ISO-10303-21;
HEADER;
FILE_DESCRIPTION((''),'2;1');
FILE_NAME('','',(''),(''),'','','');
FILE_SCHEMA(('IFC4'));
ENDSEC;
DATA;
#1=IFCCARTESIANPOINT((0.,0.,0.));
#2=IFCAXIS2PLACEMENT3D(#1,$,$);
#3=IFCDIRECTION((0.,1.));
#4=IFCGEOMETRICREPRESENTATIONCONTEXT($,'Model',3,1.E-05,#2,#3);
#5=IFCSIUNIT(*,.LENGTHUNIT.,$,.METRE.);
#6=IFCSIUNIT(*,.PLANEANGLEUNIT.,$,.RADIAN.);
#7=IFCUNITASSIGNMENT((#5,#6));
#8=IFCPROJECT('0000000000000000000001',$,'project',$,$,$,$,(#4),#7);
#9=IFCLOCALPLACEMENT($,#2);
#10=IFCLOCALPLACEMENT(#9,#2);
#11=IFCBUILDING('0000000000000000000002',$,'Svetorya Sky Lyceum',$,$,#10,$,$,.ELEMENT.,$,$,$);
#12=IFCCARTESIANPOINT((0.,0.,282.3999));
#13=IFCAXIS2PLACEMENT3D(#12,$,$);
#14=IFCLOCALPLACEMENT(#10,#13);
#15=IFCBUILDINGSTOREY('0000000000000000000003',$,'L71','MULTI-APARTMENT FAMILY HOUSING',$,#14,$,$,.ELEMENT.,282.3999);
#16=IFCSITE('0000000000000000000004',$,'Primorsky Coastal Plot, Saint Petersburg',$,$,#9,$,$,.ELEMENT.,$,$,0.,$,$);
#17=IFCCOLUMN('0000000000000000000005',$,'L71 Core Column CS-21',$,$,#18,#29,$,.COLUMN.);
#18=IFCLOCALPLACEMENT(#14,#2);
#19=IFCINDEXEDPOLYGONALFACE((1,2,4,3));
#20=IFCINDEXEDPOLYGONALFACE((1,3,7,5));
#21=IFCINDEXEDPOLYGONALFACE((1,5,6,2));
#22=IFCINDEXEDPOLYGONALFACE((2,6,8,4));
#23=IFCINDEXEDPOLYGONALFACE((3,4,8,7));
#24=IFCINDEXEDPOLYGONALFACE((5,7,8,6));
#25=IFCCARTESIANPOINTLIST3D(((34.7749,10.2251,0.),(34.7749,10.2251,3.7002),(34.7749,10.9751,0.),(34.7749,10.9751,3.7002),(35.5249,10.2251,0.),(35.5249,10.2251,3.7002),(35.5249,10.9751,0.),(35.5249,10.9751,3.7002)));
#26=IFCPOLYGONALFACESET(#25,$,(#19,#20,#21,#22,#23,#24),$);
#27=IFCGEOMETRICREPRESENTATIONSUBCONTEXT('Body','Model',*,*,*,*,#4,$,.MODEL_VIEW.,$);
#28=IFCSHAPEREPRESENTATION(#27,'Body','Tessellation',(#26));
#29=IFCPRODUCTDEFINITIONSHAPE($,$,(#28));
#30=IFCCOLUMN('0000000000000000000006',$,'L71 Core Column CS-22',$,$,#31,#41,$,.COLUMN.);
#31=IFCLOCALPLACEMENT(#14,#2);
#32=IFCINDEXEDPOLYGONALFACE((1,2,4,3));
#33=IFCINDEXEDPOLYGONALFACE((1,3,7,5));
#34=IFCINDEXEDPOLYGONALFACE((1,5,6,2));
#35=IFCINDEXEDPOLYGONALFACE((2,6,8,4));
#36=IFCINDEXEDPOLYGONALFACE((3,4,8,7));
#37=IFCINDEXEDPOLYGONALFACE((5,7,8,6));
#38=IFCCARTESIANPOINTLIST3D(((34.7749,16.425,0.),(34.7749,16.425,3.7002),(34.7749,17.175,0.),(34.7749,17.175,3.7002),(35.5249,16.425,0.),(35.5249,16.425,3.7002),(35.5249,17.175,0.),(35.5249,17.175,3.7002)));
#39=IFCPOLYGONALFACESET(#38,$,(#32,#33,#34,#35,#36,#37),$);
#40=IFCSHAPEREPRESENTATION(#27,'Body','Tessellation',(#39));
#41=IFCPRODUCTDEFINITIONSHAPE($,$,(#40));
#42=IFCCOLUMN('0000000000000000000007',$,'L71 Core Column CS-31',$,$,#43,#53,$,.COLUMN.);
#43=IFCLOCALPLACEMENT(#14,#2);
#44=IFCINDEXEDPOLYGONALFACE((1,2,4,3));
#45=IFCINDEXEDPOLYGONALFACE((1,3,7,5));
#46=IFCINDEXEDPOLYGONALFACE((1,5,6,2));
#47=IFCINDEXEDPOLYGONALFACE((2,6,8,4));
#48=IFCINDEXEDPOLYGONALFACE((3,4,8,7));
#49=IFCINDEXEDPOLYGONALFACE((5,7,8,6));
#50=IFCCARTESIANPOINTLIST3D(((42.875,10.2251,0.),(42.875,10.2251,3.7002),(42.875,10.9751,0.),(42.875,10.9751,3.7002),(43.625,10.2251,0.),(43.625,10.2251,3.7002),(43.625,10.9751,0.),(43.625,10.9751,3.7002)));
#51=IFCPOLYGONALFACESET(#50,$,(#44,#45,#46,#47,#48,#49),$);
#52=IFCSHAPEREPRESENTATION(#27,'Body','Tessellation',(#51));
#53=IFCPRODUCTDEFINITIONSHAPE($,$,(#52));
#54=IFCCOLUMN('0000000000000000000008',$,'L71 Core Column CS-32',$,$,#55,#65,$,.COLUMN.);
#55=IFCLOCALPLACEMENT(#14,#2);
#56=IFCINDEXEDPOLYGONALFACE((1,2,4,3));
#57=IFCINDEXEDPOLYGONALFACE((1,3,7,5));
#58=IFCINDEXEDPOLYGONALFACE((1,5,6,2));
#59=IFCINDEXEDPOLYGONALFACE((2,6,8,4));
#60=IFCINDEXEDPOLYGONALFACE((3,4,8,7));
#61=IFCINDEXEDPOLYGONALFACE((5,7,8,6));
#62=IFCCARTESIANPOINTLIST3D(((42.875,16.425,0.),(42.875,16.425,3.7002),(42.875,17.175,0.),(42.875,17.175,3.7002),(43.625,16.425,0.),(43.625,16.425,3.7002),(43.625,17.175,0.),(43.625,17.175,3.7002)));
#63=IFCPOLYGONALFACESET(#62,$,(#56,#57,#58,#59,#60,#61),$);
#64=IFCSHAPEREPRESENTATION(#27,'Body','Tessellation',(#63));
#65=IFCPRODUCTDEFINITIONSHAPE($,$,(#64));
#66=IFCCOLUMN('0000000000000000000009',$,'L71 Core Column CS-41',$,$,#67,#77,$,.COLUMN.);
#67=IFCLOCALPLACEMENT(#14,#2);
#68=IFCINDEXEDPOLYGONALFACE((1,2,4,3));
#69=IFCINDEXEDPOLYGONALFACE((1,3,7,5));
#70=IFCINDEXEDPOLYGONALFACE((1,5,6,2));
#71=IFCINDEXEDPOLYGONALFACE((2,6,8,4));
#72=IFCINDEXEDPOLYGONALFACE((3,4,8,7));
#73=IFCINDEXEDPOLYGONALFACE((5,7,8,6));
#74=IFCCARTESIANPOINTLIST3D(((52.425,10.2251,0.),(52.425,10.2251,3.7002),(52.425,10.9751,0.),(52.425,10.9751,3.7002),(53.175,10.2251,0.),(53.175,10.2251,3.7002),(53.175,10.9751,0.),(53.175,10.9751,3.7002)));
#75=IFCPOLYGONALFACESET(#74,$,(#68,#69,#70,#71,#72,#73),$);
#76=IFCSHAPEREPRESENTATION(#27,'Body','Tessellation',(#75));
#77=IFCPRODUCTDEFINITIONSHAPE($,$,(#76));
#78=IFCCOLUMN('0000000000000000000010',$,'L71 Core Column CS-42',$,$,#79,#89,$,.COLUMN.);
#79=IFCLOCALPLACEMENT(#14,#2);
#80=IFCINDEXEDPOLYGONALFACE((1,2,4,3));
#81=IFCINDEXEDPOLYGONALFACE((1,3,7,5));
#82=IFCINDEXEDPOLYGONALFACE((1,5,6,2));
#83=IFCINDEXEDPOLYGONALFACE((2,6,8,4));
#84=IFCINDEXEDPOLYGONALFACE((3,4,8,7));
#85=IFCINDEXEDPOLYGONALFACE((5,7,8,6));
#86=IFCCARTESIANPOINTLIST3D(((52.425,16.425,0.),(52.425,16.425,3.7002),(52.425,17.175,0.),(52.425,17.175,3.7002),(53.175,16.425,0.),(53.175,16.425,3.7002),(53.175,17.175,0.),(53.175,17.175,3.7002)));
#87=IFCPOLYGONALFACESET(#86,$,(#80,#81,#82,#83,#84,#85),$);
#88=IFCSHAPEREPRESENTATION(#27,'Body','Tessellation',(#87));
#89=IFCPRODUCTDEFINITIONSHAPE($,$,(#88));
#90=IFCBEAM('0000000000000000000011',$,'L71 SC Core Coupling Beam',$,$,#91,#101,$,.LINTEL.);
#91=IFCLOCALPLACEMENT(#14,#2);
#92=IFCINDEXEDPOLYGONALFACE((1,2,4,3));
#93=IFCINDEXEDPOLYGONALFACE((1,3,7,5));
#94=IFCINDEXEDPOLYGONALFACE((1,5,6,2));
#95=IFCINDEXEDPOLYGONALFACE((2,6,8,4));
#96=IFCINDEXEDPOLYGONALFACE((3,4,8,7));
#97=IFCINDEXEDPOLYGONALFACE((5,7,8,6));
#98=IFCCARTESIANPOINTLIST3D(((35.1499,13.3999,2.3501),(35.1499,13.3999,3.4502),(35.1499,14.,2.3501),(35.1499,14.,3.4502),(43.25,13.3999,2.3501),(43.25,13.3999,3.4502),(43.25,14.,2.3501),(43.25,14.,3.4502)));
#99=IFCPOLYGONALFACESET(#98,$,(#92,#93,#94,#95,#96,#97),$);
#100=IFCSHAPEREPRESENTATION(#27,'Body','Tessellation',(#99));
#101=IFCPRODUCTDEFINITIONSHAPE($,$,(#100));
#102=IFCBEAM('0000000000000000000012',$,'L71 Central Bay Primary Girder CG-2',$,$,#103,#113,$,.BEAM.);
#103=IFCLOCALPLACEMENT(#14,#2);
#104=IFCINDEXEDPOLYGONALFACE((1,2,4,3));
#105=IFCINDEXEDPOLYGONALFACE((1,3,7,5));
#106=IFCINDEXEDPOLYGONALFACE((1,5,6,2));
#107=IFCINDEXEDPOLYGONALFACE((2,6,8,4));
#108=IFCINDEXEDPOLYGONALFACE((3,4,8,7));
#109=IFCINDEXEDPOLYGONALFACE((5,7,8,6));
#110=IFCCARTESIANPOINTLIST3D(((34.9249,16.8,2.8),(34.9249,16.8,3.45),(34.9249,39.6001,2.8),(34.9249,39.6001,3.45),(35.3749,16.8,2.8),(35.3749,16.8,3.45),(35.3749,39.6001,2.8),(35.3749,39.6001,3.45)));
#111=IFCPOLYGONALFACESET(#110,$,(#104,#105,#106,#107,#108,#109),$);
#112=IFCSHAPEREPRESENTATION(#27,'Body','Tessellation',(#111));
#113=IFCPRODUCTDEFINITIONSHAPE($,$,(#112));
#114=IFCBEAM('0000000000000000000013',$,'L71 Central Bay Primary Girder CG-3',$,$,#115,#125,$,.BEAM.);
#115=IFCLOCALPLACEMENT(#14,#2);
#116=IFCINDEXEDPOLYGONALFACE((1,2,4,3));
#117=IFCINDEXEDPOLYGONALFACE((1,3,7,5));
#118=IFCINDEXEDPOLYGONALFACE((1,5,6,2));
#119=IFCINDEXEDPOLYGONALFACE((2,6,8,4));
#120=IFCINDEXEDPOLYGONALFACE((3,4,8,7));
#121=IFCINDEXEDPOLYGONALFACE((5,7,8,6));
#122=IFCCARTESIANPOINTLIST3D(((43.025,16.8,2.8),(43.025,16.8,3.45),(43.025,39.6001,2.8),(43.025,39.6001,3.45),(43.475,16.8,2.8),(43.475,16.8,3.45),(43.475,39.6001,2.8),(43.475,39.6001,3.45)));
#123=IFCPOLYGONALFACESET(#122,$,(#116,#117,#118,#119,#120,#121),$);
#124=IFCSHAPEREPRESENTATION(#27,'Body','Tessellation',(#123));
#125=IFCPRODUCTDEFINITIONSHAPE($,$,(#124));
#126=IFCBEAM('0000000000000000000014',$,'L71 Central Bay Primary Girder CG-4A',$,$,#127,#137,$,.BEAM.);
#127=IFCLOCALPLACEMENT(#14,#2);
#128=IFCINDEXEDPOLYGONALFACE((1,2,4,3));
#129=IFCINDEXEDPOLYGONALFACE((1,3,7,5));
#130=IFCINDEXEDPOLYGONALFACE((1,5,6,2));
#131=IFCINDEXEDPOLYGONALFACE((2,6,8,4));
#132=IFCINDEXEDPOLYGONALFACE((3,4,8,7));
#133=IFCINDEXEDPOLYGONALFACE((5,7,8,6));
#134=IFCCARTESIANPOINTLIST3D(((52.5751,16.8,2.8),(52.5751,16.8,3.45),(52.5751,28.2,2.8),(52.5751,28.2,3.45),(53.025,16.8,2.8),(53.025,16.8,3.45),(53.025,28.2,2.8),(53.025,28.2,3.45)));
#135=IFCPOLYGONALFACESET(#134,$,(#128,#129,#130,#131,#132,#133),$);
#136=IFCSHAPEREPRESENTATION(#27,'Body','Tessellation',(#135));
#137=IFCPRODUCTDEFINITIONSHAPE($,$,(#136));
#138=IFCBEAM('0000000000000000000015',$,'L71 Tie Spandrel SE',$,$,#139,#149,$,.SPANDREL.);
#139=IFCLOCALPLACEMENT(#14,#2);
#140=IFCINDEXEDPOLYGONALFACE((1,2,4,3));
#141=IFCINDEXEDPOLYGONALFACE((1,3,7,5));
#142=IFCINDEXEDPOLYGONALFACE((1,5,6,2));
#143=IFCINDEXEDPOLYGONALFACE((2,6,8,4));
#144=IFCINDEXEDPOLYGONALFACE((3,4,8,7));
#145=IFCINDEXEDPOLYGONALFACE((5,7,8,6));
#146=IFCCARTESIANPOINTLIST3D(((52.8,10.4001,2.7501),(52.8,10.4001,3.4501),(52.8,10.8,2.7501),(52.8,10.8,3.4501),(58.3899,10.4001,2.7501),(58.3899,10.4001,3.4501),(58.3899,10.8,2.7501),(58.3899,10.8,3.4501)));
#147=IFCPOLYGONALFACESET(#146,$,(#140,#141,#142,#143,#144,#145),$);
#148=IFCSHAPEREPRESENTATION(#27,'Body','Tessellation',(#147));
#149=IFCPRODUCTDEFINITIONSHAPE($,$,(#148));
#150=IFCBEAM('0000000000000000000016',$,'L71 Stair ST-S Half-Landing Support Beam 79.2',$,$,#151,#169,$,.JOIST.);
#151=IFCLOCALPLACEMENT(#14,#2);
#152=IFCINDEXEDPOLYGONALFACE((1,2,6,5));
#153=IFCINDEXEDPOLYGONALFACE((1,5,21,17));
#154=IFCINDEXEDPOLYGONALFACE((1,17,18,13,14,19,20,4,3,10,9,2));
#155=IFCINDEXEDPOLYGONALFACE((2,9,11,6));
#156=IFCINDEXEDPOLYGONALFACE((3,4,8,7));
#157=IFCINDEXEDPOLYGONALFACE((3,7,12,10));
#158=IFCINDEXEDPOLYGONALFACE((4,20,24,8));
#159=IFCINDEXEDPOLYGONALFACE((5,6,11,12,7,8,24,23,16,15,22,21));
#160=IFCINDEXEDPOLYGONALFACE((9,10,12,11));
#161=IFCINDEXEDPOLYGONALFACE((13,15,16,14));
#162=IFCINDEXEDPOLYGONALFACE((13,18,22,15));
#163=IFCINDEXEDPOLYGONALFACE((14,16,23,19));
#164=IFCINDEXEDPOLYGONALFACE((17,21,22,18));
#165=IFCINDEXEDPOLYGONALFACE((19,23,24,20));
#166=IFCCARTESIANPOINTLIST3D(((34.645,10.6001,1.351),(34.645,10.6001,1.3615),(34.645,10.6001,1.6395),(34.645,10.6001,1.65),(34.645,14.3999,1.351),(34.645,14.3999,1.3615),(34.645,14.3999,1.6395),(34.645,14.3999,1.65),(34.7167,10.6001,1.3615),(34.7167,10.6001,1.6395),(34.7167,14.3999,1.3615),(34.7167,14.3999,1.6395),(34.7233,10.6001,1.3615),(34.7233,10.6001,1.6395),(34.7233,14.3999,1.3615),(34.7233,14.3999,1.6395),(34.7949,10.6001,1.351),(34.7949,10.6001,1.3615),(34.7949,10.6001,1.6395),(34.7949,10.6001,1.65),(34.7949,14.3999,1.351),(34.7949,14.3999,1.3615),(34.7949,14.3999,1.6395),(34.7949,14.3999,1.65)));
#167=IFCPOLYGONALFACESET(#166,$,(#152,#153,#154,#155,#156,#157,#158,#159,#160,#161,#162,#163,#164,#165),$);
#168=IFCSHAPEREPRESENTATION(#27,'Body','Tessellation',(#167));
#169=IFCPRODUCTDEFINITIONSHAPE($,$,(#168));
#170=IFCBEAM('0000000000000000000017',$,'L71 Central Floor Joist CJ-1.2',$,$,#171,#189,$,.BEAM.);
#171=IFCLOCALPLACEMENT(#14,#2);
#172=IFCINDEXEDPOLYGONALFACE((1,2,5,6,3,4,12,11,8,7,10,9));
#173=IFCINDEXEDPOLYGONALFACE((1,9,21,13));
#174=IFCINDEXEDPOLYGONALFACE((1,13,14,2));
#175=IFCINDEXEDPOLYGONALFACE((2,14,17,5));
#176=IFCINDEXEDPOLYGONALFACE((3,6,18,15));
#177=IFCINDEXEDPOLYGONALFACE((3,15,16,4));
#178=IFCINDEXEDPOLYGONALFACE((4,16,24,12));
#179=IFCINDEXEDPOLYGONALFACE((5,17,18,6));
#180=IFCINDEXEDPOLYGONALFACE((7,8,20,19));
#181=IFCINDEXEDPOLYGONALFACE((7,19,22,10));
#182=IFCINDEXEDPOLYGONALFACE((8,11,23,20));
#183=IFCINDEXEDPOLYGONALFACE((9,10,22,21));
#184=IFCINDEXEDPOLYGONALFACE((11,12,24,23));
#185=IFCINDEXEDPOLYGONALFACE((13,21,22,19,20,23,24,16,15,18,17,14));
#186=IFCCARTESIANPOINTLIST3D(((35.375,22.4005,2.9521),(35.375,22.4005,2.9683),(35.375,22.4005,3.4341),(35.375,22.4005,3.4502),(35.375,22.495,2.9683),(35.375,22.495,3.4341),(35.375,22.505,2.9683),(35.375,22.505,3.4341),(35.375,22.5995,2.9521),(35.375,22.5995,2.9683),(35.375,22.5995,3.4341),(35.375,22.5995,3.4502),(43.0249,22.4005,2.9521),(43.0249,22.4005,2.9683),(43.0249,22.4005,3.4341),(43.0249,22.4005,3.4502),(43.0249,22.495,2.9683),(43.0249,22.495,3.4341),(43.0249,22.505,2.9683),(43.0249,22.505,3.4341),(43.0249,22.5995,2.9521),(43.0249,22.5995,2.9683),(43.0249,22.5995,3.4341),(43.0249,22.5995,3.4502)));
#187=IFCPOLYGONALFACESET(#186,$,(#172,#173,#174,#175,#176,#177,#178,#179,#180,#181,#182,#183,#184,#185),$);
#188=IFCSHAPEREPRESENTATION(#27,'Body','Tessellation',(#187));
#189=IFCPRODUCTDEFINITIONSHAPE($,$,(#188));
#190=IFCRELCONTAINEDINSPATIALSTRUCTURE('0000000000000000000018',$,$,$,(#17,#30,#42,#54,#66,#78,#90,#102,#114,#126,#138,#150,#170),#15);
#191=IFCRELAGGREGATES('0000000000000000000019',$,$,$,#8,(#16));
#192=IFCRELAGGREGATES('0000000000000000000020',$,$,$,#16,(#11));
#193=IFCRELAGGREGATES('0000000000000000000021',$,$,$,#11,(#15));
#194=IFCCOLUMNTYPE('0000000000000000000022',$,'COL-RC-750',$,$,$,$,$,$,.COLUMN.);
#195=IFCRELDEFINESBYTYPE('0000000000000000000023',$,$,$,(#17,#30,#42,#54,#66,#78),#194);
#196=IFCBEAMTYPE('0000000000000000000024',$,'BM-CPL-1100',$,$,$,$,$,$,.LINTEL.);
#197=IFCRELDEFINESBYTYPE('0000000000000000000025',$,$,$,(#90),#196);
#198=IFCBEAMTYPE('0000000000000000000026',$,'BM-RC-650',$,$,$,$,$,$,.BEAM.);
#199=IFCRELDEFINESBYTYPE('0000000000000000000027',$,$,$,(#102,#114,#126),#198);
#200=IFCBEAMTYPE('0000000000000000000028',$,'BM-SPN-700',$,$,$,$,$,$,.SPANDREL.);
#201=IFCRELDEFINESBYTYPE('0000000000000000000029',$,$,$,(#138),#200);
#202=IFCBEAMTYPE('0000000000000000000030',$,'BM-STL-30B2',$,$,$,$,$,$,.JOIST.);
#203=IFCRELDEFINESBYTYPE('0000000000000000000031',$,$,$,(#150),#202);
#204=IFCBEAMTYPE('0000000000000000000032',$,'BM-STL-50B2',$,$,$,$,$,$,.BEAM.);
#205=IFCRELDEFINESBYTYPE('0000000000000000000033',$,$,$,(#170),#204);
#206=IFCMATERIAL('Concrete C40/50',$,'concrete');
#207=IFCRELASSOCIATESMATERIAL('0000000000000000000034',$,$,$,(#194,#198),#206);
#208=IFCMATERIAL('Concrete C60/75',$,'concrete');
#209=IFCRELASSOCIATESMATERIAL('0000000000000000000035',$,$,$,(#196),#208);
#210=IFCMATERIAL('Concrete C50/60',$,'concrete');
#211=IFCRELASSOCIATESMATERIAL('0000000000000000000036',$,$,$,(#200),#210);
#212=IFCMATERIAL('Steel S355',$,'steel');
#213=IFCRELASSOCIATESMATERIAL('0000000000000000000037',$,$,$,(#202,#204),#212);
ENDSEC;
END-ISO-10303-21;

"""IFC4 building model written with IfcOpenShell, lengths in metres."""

from ifc_helpers import new_model, si_unit, direction, frame, origin, origin_2d, place, context, subcontext, project, spatial, rectangle, i_section, extrude, material, material_profile, profile_set, type_object, element, save


model = new_model("IFC4")

# Units and contexts
model_context = context("Model", 3, precision=1e-05, world=origin(), true_north=direction((0.0, 1.0)))
body_context = subcontext(model_context, "Body", "Model", "MODEL_VIEW")
ifc_project = project(units=[si_unit("LENGTHUNIT", "METRE"), si_unit("PLANEANGLEUNIT", "RADIAN")], contexts=[model_context])

# Site, building, storey
site_placement = place(None, origin())
site = spatial("IfcSite", under=ifc_project, at=site_placement, Name="Primorsky Coastal Plot, Saint Petersburg", CompositionType="ELEMENT", RefElevation=0.0)
building_placement = place(site_placement, origin())
building = spatial("IfcBuilding", under=site, at=building_placement, Name="Svetorya Sky Lyceum", CompositionType="ELEMENT")
storey_placement = place(building_placement, frame((0.0, 0.0, 282.3999)))
storey = spatial("IfcBuildingStorey", under=building, at=storey_placement, Name="L71", Description="MULTI-APARTMENT FAMILY HOUSING", CompositionType="ELEMENT", Elevation=282.3999)

# Columns
ifc_material_1 = material(Name="Concrete C40/50", Category="concrete")
ifc_material_profile_1 = material_profile(ifc_material_1, rectangle(XDim=0.75, YDim=0.75, at=origin_2d()), Name="RC COL 750x750")
ifc_profile_set_1 = profile_set([ifc_material_profile_1], Name="Concrete C40/50")
column_type = type_object("IfcColumnType", Name="COL-RC-750", PredefinedType="COLUMN", material=ifc_profile_set_1)
for number, where, z_axis, x_axis, name in (
    (1, (35.1499, 10.6001, 0.0), (0.0, 0.0, 1.0), (1.0, 0.0, 0.0), "L71 Core Column CS-21"),
    (2, (35.1499, 16.8, 0.0), (0.0, 0.0, 1.0), (1.0, 0.0, 0.0), "L71 Core Column CS-22"),
    (3, (43.25, 10.6001, 0.0), (0.0, 0.0, 1.0), (1.0, 0.0, 0.0), "L71 Core Column CS-31"),
    (4, (43.25, 16.8, 0.0), (0.0, 0.0, 1.0), (1.0, 0.0, 0.0), "L71 Core Column CS-32"),
    (5, (52.8, 10.6001, 0.0), (0.0, 0.0, 1.0), (1.0, 0.0, 0.0), "L71 Core Column CS-41"),
    (6, (52.8, 16.8, 0.0), (0.0, 0.0, 1.0), (1.0, 0.0, 0.0), "L71 Core Column CS-42"),
):
    element("IfcColumn", number, at=place(storey_placement, frame(where, z_axis=z_axis, x_axis=x_axis)), inside=storey, type_object=column_type, Name=name, PredefinedType="COLUMN", context=body_context, shape_type="SweptSolid", body=[
        extrude(rectangle(XDim=0.75, YDim=0.75, at=origin_2d()), origin(), (0.0, 0.0, 1.0), 3.7002),
    ])

# Beams
ifc_material_2 = material(Name="Concrete C60/75", Category="concrete")
ifc_material_profile_2 = material_profile(ifc_material_2, rectangle(XDim=0.6001, YDim=1.1001, at=origin_2d()), Name="RC COUPLING 600x1100")
ifc_profile_set_2 = profile_set([ifc_material_profile_2], Name="Concrete C60/75")
beam_type_1 = type_object("IfcBeamType", Name="BM-CPL-1100", PredefinedType="LINTEL", material=ifc_profile_set_2)
beam_1_placement = place(storey_placement, frame((35.1499, 13.7, 2.9001), z_axis=(1.0, 0.0, 0.0), x_axis=(0.0, 1.0, 0.0)))
element("IfcBeam", 7, at=beam_1_placement, inside=storey, type_object=beam_type_1, Name="L71 SC Core Coupling Beam", PredefinedType="LINTEL", context=body_context, shape_type="SweptSolid", body=[
    extrude(rectangle(XDim=0.6001, YDim=1.1001, at=origin_2d()), origin(), (0.0, 0.0, 1.0), 8.1001),
])
ifc_material_profile_3 = material_profile(ifc_material_1, rectangle(XDim=0.45, YDim=0.6499, at=origin_2d()), Name="RC BEAM 450x650")
ifc_profile_set_3 = profile_set([ifc_material_profile_3], Name="Concrete C40/50")
beam_type_2 = type_object("IfcBeamType", Name="BM-RC-650", PredefinedType="BEAM", material=ifc_profile_set_3)
for number, where, z_axis, x_axis, name in (
    (8, (35.1499, 16.8, 3.125), (0.0, 1.0, 0.0), (-1.0, 0.0, 0.0), "L71 Central Bay Primary Girder CG-2"),
    (9, (43.25, 16.8, 3.125), (0.0, 1.0, 0.0), (-1.0, 0.0, 0.0), "L71 Central Bay Primary Girder CG-3"),
):
    element("IfcBeam", number, at=place(storey_placement, frame(where, z_axis=z_axis, x_axis=x_axis)), inside=storey, type_object=beam_type_2, Name=name, PredefinedType="BEAM", context=body_context, shape_type="SweptSolid", body=[
        extrude(rectangle(XDim=0.45, YDim=0.6499, at=origin_2d()), origin(), (0.0, 0.0, 1.0), 22.8),
    ])
beam_2_placement = place(storey_placement, frame((52.8, 16.8, 3.125), z_axis=(0.0, 1.0, 0.0), x_axis=(-1.0, 0.0, 0.0)))
element("IfcBeam", 10, at=beam_2_placement, inside=storey, type_object=beam_type_2, Name="L71 Central Bay Primary Girder CG-4A", PredefinedType="BEAM", context=body_context, shape_type="SweptSolid", body=[
    extrude(rectangle(XDim=0.45, YDim=0.6499, at=origin_2d()), origin(), (0.0, 0.0, 1.0), 11.3999),
])
ifc_material_3 = material(Name="Concrete C50/60", Category="concrete")
ifc_material_profile_4 = material_profile(ifc_material_3, rectangle(XDim=0.3999, YDim=0.7, at=origin_2d()), Name="RC SPANDREL 400x700")
ifc_profile_set_4 = profile_set([ifc_material_profile_4], Name="Concrete C50/60")
beam_type_3 = type_object("IfcBeamType", Name="BM-SPN-700", PredefinedType="SPANDREL", material=ifc_profile_set_4)
beam_3_placement = place(storey_placement, frame((52.8, 10.6001, 3.1001), z_axis=(1.0, 0.0, 0.0), x_axis=(0.0, 1.0, 0.0)))
element("IfcBeam", 11, at=beam_3_placement, inside=storey, type_object=beam_type_3, Name="L71 Tie Spandrel SE", PredefinedType="SPANDREL", context=body_context, shape_type="SweptSolid", body=[
    extrude(rectangle(XDim=0.3999, YDim=0.7, at=origin_2d()), origin(), (0.0, 0.0, 1.0), 5.5898),
])
ifc_material_4 = material(Name="Steel S355", Category="steel")
ifc_material_profile_5 = material_profile(ifc_material_4, i_section(OverallWidth=0.1499, OverallDepth=0.2991, WebThickness=0.0066, FlangeThickness=0.0105, at=origin_2d()), Name="GOST 30B2")
ifc_profile_set_5 = profile_set([ifc_material_profile_5], Name="Steel S355")
beam_type_4 = type_object("IfcBeamType", Name="BM-STL-30B2", PredefinedType="JOIST", material=ifc_profile_set_5)
beam_4_placement = place(storey_placement, frame((34.72, 10.6001, 1.5005), z_axis=(0.0, 1.0, 0.0), x_axis=(-1.0, 0.0, 0.0)))
element("IfcBeam", 12, at=beam_4_placement, inside=storey, type_object=beam_type_4, Name="L71 Stair ST-S Half-Landing Support Beam 79.2", PredefinedType="JOIST", context=body_context, shape_type="SweptSolid", body=[
    extrude(i_section(OverallWidth=0.1499, OverallDepth=0.2991, WebThickness=0.0066, FlangeThickness=0.0105, at=origin_2d()), origin(), (0.0, 0.0, 1.0), 3.7998),
])
ifc_material_profile_6 = material_profile(ifc_material_4, i_section(OverallWidth=0.199, OverallDepth=0.498, WebThickness=0.01, FlangeThickness=0.0161, at=origin_2d()), Name="GOST 50B2")
ifc_profile_set_6 = profile_set([ifc_material_profile_6], Name="Steel S355")
beam_type_5 = type_object("IfcBeamType", Name="BM-STL-50B2", PredefinedType="BEAM", material=ifc_profile_set_6)
beam_5_placement = place(storey_placement, frame((35.375, 22.5, 3.2012), z_axis=(1.0, 0.0, 0.0), x_axis=(0.0, 1.0, 0.0)))
element("IfcBeam", 13, at=beam_5_placement, inside=storey, type_object=beam_type_5, Name="L71 Central Floor Joist CJ-1.2", PredefinedType="BEAM", context=body_context, shape_type="SweptSolid", body=[
    extrude(i_section(OverallWidth=0.199, OverallDepth=0.498, WebThickness=0.01, FlangeThickness=0.0161, at=origin_2d()), origin(), (0.0, 0.0, 1.0), 7.6499),
])

save(model, "model.ifc")
